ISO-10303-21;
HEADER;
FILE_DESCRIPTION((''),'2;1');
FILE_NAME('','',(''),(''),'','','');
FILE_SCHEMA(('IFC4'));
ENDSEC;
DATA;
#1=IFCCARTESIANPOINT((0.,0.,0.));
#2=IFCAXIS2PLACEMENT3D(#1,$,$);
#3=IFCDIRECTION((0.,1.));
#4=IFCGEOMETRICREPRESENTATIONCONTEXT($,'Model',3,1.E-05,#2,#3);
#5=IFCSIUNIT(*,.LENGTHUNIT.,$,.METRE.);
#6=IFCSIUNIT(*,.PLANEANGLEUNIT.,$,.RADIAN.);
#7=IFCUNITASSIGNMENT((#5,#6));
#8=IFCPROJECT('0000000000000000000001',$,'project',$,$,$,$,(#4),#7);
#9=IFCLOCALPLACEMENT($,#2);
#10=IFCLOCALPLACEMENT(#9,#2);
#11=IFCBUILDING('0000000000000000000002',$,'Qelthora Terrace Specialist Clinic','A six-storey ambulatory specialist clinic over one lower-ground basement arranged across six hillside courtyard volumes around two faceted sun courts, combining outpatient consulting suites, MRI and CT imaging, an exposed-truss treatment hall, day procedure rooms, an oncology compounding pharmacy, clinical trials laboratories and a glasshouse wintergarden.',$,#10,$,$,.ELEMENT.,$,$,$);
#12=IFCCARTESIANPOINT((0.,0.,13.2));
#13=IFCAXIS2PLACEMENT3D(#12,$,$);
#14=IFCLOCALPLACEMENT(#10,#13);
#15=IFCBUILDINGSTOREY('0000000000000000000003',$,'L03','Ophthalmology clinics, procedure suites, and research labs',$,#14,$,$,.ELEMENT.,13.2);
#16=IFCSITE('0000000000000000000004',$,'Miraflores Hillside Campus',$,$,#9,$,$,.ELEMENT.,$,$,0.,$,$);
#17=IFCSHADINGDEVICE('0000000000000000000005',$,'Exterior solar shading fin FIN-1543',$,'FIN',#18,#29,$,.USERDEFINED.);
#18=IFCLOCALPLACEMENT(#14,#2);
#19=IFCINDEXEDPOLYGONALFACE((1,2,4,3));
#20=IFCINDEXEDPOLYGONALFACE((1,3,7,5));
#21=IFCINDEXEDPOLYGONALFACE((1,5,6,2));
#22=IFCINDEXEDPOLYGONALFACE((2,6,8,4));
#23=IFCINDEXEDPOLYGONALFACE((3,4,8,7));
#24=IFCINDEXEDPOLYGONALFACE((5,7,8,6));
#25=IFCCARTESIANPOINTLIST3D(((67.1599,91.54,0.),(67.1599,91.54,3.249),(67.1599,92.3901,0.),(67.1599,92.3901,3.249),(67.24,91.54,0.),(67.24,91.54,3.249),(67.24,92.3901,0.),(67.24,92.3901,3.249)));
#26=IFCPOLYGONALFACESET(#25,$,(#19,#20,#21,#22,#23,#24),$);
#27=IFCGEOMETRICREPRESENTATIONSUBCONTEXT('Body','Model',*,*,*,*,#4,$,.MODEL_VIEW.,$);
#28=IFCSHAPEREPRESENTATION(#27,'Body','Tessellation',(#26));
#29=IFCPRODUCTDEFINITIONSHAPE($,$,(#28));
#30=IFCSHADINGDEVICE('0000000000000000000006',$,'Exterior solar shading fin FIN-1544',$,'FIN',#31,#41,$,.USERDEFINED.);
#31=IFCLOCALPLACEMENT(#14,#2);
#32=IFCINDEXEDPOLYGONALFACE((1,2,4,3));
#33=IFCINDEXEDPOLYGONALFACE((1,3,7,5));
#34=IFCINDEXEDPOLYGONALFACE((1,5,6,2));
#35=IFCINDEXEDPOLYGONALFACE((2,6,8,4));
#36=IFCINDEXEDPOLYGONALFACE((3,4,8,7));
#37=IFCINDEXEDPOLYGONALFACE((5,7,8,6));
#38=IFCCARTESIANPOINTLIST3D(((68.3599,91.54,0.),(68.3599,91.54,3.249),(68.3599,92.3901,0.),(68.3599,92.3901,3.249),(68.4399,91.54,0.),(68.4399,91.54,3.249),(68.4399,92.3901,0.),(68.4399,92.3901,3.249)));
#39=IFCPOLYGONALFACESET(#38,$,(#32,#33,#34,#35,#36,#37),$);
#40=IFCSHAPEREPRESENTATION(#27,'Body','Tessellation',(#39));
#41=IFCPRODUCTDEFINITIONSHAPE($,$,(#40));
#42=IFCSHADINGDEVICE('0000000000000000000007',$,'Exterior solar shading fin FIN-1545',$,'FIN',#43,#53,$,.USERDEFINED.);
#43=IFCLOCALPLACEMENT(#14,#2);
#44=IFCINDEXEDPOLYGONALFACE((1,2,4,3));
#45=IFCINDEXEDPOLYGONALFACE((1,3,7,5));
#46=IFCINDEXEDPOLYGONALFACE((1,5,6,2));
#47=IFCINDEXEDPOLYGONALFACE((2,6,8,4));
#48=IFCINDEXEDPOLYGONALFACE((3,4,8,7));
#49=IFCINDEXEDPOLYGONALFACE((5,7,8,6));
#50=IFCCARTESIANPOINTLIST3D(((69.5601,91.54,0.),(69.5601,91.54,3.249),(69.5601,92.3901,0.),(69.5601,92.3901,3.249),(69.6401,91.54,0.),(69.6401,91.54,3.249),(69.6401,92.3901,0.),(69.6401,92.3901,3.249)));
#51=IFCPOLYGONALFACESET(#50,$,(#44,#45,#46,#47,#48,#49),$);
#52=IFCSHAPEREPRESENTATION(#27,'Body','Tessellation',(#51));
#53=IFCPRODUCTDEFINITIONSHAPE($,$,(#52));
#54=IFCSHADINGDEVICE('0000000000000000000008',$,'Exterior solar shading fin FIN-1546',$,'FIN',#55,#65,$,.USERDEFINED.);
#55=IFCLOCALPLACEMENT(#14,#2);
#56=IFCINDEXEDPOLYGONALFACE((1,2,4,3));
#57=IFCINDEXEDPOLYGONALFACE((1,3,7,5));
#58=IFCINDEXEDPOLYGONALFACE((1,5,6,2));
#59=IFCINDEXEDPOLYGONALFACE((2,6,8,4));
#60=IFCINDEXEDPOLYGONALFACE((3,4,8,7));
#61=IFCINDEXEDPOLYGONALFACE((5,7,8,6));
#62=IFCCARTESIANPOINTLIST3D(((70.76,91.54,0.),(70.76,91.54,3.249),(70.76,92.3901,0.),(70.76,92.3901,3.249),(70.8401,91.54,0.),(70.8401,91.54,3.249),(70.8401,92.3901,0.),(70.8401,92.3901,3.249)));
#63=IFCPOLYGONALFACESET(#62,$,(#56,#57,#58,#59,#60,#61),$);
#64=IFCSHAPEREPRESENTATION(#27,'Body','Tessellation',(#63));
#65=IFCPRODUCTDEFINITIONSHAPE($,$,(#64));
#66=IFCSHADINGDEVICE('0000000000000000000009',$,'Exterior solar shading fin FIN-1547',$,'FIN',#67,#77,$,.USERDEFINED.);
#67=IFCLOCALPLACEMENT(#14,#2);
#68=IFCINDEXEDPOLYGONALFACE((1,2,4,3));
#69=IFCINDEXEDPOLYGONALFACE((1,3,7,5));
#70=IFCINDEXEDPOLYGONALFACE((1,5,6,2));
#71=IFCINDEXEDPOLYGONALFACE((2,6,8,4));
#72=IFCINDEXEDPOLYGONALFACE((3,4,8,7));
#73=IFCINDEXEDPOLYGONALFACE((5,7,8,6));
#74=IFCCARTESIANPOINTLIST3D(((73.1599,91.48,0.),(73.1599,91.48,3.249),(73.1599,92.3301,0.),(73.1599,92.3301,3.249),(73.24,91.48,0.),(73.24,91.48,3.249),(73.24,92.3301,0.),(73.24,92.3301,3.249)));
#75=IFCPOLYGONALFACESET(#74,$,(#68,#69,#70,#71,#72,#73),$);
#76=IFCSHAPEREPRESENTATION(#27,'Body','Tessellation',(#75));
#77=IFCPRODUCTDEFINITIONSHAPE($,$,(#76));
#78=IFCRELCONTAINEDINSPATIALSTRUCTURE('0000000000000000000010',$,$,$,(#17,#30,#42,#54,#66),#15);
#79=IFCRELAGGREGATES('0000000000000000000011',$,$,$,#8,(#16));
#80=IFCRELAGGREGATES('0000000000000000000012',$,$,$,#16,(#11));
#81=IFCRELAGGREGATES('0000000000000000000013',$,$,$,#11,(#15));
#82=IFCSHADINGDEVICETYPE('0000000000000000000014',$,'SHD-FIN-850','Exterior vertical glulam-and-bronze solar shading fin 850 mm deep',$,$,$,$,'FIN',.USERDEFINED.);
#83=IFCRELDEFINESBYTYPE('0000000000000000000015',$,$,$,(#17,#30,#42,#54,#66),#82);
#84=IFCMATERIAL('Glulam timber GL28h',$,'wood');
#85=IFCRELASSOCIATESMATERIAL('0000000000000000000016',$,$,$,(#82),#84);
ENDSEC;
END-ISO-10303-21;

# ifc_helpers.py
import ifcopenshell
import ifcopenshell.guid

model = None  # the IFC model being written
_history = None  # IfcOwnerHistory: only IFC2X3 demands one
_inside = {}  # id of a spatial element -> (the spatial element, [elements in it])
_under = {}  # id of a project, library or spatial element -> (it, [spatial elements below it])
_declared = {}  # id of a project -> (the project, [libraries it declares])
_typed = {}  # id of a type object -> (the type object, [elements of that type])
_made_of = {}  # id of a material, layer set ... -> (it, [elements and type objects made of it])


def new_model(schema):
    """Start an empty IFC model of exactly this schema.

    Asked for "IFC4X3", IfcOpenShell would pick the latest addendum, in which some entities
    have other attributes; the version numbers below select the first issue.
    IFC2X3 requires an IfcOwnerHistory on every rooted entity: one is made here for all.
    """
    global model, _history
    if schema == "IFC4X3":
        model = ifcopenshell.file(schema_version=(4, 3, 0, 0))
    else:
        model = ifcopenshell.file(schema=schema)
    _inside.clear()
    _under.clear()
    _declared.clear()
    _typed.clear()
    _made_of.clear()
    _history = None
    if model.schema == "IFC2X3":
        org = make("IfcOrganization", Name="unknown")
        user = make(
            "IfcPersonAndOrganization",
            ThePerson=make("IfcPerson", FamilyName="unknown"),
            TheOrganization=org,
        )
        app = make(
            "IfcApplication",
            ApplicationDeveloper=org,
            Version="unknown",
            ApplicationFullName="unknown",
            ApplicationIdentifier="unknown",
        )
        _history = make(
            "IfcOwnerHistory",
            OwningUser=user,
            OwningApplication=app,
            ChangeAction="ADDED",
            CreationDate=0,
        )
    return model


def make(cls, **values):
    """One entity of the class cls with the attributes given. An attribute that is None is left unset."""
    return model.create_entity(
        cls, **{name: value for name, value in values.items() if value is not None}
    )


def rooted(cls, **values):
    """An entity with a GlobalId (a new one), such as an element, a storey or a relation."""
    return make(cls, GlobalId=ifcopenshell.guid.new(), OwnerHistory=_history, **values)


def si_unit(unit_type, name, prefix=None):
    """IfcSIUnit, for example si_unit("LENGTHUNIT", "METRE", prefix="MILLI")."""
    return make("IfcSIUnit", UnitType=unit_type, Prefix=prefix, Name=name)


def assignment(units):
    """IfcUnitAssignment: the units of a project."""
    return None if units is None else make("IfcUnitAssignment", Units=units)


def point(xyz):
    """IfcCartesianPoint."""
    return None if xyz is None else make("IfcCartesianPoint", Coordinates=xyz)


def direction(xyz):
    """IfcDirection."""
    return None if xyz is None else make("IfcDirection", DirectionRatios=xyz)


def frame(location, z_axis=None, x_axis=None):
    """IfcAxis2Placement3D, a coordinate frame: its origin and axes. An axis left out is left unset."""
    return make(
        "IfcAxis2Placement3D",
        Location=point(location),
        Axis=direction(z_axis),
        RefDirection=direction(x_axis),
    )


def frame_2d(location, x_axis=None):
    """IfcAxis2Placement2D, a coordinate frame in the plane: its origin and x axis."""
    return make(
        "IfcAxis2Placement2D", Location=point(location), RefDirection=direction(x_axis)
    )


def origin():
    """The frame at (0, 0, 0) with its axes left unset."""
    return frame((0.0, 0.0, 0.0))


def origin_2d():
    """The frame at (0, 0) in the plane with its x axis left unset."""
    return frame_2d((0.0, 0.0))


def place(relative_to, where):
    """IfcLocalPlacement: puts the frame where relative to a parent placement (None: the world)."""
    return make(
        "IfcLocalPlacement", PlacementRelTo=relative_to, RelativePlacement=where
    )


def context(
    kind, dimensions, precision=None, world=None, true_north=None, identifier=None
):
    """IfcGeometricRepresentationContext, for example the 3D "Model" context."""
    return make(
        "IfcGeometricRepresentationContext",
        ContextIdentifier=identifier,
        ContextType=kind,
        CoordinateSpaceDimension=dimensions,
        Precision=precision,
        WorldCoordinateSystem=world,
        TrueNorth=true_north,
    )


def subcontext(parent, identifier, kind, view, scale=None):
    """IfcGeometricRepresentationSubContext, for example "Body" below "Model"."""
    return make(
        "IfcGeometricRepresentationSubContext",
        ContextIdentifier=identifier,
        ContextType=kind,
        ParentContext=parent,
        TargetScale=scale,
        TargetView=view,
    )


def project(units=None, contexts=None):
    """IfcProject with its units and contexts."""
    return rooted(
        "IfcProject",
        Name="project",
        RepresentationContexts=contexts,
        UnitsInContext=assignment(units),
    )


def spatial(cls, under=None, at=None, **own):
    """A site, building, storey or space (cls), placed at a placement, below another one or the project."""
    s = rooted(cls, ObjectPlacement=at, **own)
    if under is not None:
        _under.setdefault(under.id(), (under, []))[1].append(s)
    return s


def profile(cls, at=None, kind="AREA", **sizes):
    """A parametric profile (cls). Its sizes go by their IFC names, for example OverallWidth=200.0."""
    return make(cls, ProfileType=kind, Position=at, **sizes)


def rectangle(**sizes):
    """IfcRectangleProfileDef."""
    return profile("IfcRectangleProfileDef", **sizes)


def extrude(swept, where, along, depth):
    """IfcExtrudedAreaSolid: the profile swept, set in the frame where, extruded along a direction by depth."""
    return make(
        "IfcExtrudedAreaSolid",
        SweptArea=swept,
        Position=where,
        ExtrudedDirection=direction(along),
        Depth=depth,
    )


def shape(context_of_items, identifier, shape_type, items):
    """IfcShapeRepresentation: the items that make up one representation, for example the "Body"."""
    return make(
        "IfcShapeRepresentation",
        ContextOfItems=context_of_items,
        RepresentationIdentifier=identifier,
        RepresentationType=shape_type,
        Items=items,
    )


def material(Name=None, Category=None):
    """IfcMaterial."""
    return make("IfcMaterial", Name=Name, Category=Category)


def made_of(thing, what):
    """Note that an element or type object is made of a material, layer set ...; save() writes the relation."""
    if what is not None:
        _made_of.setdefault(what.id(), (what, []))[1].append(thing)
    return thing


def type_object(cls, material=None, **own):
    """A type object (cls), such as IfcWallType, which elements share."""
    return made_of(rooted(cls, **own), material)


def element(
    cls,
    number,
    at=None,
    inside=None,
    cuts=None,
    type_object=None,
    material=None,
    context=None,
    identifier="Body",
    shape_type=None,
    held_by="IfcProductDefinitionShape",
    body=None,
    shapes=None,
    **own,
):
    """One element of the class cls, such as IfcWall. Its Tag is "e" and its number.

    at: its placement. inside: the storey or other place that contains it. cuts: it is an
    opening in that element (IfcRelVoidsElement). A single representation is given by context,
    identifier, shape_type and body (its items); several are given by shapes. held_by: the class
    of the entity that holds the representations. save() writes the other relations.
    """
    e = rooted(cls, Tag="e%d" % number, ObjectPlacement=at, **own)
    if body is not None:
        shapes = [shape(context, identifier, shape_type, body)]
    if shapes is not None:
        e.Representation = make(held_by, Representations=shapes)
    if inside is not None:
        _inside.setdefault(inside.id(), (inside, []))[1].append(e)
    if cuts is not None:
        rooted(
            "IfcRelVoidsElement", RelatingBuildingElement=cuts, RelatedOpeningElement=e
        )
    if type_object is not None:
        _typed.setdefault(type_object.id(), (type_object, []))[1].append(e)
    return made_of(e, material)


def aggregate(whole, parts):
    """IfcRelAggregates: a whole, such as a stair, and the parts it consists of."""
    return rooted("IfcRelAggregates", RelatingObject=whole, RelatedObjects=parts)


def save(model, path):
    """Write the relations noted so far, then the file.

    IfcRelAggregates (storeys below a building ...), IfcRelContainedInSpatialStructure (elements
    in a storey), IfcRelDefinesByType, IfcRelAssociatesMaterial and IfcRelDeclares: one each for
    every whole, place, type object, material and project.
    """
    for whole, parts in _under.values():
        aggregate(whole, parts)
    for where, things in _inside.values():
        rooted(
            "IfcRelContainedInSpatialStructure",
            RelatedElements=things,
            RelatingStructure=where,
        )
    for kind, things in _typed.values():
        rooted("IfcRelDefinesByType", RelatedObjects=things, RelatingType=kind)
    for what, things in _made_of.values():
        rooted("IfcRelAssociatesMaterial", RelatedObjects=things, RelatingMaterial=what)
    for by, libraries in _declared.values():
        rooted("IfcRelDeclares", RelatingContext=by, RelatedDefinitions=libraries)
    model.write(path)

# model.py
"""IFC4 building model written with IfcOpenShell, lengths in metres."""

from ifc_helpers import new_model, si_unit, direction, frame, origin, origin_2d, place, context, subcontext, project, spatial, rectangle, extrude, material, type_object, element, save


model = new_model("IFC4")

# Units and contexts
model_context = context("Model", 3, precision=1e-05, world=origin(), true_north=direction((0.0, 1.0)))
body_context = subcontext(model_context, "Body", "Model", "MODEL_VIEW")
ifc_project = project(units=[si_unit("LENGTHUNIT", "METRE"), si_unit("PLANEANGLEUNIT", "RADIAN")], contexts=[model_context])

# Site, building, storey
site_placement = place(None, origin())
site = spatial("IfcSite", under=ifc_project, at=site_placement, Name="Miraflores Hillside Campus", CompositionType="ELEMENT", RefElevation=0.0)
building_placement = place(site_placement, origin())
building = spatial("IfcBuilding", under=site, at=building_placement, Name="Qelthora Terrace Specialist Clinic", Description="A six-storey ambulatory specialist clinic over one lower-ground basement arranged across six hillside courtyard volumes around two faceted sun courts, combining outpatient consulting suites, MRI and CT imaging, an exposed-truss treatment hall, day procedure rooms, an oncology compounding pharmacy, clinical trials laboratories and a glasshouse wintergarden.", CompositionType="ELEMENT")
storey_placement = place(building_placement, frame((0.0, 0.0, 13.2)))
storey = spatial("IfcBuildingStorey", under=building, at=storey_placement, Name="L03", Description="Ophthalmology clinics, procedure suites, and research labs", CompositionType="ELEMENT", Elevation=13.2)

# Shading devices
ifc_material_1 = material(Name="Glulam timber GL28h", Category="wood")
shading_device_type = type_object("IfcShadingDeviceType", Name="SHD-FIN-850", Description="Exterior vertical glulam-and-bronze solar shading fin 850 mm deep", ElementType="FIN", PredefinedType="USERDEFINED", material=ifc_material_1)
for number, where, z_axis, x_axis, name in (
    (1, (67.2, 91.9651, 0.0), (0.0, 0.0, 1.0), (0.0, -1.0, 0.0), "Exterior solar shading fin FIN-1543"),
    (2, (68.3999, 91.9651, 0.0), (0.0, 0.0, 1.0), (0.0, -1.0, 0.0), "Exterior solar shading fin FIN-1544"),
    (3, (69.6001, 91.9651, 0.0), (0.0, 0.0, 1.0), (0.0, -1.0, 0.0), "Exterior solar shading fin FIN-1545"),
    (4, (70.8, 91.9651, 0.0), (0.0, 0.0, 1.0), (0.0, -1.0, 0.0), "Exterior solar shading fin FIN-1546"),
    (5, (73.2, 91.905, 0.0), (0.0, 0.0, 1.0), (0.0, -1.0, 0.0), "Exterior solar shading fin FIN-1547"),
):
    element("IfcShadingDevice", number, at=place(storey_placement, frame(where, z_axis=z_axis, x_axis=x_axis)), inside=storey, type_object=shading_device_type, Name=name, ObjectType="FIN", PredefinedType="USERDEFINED", context=body_context, shape_type="SweptSolid", body=[
        extrude(rectangle(XDim=0.8501, YDim=0.0801, at=origin_2d()), origin(), (0.0, 0.0, 1.0), 3.249),
    ])

save(model, "model.ifc")
